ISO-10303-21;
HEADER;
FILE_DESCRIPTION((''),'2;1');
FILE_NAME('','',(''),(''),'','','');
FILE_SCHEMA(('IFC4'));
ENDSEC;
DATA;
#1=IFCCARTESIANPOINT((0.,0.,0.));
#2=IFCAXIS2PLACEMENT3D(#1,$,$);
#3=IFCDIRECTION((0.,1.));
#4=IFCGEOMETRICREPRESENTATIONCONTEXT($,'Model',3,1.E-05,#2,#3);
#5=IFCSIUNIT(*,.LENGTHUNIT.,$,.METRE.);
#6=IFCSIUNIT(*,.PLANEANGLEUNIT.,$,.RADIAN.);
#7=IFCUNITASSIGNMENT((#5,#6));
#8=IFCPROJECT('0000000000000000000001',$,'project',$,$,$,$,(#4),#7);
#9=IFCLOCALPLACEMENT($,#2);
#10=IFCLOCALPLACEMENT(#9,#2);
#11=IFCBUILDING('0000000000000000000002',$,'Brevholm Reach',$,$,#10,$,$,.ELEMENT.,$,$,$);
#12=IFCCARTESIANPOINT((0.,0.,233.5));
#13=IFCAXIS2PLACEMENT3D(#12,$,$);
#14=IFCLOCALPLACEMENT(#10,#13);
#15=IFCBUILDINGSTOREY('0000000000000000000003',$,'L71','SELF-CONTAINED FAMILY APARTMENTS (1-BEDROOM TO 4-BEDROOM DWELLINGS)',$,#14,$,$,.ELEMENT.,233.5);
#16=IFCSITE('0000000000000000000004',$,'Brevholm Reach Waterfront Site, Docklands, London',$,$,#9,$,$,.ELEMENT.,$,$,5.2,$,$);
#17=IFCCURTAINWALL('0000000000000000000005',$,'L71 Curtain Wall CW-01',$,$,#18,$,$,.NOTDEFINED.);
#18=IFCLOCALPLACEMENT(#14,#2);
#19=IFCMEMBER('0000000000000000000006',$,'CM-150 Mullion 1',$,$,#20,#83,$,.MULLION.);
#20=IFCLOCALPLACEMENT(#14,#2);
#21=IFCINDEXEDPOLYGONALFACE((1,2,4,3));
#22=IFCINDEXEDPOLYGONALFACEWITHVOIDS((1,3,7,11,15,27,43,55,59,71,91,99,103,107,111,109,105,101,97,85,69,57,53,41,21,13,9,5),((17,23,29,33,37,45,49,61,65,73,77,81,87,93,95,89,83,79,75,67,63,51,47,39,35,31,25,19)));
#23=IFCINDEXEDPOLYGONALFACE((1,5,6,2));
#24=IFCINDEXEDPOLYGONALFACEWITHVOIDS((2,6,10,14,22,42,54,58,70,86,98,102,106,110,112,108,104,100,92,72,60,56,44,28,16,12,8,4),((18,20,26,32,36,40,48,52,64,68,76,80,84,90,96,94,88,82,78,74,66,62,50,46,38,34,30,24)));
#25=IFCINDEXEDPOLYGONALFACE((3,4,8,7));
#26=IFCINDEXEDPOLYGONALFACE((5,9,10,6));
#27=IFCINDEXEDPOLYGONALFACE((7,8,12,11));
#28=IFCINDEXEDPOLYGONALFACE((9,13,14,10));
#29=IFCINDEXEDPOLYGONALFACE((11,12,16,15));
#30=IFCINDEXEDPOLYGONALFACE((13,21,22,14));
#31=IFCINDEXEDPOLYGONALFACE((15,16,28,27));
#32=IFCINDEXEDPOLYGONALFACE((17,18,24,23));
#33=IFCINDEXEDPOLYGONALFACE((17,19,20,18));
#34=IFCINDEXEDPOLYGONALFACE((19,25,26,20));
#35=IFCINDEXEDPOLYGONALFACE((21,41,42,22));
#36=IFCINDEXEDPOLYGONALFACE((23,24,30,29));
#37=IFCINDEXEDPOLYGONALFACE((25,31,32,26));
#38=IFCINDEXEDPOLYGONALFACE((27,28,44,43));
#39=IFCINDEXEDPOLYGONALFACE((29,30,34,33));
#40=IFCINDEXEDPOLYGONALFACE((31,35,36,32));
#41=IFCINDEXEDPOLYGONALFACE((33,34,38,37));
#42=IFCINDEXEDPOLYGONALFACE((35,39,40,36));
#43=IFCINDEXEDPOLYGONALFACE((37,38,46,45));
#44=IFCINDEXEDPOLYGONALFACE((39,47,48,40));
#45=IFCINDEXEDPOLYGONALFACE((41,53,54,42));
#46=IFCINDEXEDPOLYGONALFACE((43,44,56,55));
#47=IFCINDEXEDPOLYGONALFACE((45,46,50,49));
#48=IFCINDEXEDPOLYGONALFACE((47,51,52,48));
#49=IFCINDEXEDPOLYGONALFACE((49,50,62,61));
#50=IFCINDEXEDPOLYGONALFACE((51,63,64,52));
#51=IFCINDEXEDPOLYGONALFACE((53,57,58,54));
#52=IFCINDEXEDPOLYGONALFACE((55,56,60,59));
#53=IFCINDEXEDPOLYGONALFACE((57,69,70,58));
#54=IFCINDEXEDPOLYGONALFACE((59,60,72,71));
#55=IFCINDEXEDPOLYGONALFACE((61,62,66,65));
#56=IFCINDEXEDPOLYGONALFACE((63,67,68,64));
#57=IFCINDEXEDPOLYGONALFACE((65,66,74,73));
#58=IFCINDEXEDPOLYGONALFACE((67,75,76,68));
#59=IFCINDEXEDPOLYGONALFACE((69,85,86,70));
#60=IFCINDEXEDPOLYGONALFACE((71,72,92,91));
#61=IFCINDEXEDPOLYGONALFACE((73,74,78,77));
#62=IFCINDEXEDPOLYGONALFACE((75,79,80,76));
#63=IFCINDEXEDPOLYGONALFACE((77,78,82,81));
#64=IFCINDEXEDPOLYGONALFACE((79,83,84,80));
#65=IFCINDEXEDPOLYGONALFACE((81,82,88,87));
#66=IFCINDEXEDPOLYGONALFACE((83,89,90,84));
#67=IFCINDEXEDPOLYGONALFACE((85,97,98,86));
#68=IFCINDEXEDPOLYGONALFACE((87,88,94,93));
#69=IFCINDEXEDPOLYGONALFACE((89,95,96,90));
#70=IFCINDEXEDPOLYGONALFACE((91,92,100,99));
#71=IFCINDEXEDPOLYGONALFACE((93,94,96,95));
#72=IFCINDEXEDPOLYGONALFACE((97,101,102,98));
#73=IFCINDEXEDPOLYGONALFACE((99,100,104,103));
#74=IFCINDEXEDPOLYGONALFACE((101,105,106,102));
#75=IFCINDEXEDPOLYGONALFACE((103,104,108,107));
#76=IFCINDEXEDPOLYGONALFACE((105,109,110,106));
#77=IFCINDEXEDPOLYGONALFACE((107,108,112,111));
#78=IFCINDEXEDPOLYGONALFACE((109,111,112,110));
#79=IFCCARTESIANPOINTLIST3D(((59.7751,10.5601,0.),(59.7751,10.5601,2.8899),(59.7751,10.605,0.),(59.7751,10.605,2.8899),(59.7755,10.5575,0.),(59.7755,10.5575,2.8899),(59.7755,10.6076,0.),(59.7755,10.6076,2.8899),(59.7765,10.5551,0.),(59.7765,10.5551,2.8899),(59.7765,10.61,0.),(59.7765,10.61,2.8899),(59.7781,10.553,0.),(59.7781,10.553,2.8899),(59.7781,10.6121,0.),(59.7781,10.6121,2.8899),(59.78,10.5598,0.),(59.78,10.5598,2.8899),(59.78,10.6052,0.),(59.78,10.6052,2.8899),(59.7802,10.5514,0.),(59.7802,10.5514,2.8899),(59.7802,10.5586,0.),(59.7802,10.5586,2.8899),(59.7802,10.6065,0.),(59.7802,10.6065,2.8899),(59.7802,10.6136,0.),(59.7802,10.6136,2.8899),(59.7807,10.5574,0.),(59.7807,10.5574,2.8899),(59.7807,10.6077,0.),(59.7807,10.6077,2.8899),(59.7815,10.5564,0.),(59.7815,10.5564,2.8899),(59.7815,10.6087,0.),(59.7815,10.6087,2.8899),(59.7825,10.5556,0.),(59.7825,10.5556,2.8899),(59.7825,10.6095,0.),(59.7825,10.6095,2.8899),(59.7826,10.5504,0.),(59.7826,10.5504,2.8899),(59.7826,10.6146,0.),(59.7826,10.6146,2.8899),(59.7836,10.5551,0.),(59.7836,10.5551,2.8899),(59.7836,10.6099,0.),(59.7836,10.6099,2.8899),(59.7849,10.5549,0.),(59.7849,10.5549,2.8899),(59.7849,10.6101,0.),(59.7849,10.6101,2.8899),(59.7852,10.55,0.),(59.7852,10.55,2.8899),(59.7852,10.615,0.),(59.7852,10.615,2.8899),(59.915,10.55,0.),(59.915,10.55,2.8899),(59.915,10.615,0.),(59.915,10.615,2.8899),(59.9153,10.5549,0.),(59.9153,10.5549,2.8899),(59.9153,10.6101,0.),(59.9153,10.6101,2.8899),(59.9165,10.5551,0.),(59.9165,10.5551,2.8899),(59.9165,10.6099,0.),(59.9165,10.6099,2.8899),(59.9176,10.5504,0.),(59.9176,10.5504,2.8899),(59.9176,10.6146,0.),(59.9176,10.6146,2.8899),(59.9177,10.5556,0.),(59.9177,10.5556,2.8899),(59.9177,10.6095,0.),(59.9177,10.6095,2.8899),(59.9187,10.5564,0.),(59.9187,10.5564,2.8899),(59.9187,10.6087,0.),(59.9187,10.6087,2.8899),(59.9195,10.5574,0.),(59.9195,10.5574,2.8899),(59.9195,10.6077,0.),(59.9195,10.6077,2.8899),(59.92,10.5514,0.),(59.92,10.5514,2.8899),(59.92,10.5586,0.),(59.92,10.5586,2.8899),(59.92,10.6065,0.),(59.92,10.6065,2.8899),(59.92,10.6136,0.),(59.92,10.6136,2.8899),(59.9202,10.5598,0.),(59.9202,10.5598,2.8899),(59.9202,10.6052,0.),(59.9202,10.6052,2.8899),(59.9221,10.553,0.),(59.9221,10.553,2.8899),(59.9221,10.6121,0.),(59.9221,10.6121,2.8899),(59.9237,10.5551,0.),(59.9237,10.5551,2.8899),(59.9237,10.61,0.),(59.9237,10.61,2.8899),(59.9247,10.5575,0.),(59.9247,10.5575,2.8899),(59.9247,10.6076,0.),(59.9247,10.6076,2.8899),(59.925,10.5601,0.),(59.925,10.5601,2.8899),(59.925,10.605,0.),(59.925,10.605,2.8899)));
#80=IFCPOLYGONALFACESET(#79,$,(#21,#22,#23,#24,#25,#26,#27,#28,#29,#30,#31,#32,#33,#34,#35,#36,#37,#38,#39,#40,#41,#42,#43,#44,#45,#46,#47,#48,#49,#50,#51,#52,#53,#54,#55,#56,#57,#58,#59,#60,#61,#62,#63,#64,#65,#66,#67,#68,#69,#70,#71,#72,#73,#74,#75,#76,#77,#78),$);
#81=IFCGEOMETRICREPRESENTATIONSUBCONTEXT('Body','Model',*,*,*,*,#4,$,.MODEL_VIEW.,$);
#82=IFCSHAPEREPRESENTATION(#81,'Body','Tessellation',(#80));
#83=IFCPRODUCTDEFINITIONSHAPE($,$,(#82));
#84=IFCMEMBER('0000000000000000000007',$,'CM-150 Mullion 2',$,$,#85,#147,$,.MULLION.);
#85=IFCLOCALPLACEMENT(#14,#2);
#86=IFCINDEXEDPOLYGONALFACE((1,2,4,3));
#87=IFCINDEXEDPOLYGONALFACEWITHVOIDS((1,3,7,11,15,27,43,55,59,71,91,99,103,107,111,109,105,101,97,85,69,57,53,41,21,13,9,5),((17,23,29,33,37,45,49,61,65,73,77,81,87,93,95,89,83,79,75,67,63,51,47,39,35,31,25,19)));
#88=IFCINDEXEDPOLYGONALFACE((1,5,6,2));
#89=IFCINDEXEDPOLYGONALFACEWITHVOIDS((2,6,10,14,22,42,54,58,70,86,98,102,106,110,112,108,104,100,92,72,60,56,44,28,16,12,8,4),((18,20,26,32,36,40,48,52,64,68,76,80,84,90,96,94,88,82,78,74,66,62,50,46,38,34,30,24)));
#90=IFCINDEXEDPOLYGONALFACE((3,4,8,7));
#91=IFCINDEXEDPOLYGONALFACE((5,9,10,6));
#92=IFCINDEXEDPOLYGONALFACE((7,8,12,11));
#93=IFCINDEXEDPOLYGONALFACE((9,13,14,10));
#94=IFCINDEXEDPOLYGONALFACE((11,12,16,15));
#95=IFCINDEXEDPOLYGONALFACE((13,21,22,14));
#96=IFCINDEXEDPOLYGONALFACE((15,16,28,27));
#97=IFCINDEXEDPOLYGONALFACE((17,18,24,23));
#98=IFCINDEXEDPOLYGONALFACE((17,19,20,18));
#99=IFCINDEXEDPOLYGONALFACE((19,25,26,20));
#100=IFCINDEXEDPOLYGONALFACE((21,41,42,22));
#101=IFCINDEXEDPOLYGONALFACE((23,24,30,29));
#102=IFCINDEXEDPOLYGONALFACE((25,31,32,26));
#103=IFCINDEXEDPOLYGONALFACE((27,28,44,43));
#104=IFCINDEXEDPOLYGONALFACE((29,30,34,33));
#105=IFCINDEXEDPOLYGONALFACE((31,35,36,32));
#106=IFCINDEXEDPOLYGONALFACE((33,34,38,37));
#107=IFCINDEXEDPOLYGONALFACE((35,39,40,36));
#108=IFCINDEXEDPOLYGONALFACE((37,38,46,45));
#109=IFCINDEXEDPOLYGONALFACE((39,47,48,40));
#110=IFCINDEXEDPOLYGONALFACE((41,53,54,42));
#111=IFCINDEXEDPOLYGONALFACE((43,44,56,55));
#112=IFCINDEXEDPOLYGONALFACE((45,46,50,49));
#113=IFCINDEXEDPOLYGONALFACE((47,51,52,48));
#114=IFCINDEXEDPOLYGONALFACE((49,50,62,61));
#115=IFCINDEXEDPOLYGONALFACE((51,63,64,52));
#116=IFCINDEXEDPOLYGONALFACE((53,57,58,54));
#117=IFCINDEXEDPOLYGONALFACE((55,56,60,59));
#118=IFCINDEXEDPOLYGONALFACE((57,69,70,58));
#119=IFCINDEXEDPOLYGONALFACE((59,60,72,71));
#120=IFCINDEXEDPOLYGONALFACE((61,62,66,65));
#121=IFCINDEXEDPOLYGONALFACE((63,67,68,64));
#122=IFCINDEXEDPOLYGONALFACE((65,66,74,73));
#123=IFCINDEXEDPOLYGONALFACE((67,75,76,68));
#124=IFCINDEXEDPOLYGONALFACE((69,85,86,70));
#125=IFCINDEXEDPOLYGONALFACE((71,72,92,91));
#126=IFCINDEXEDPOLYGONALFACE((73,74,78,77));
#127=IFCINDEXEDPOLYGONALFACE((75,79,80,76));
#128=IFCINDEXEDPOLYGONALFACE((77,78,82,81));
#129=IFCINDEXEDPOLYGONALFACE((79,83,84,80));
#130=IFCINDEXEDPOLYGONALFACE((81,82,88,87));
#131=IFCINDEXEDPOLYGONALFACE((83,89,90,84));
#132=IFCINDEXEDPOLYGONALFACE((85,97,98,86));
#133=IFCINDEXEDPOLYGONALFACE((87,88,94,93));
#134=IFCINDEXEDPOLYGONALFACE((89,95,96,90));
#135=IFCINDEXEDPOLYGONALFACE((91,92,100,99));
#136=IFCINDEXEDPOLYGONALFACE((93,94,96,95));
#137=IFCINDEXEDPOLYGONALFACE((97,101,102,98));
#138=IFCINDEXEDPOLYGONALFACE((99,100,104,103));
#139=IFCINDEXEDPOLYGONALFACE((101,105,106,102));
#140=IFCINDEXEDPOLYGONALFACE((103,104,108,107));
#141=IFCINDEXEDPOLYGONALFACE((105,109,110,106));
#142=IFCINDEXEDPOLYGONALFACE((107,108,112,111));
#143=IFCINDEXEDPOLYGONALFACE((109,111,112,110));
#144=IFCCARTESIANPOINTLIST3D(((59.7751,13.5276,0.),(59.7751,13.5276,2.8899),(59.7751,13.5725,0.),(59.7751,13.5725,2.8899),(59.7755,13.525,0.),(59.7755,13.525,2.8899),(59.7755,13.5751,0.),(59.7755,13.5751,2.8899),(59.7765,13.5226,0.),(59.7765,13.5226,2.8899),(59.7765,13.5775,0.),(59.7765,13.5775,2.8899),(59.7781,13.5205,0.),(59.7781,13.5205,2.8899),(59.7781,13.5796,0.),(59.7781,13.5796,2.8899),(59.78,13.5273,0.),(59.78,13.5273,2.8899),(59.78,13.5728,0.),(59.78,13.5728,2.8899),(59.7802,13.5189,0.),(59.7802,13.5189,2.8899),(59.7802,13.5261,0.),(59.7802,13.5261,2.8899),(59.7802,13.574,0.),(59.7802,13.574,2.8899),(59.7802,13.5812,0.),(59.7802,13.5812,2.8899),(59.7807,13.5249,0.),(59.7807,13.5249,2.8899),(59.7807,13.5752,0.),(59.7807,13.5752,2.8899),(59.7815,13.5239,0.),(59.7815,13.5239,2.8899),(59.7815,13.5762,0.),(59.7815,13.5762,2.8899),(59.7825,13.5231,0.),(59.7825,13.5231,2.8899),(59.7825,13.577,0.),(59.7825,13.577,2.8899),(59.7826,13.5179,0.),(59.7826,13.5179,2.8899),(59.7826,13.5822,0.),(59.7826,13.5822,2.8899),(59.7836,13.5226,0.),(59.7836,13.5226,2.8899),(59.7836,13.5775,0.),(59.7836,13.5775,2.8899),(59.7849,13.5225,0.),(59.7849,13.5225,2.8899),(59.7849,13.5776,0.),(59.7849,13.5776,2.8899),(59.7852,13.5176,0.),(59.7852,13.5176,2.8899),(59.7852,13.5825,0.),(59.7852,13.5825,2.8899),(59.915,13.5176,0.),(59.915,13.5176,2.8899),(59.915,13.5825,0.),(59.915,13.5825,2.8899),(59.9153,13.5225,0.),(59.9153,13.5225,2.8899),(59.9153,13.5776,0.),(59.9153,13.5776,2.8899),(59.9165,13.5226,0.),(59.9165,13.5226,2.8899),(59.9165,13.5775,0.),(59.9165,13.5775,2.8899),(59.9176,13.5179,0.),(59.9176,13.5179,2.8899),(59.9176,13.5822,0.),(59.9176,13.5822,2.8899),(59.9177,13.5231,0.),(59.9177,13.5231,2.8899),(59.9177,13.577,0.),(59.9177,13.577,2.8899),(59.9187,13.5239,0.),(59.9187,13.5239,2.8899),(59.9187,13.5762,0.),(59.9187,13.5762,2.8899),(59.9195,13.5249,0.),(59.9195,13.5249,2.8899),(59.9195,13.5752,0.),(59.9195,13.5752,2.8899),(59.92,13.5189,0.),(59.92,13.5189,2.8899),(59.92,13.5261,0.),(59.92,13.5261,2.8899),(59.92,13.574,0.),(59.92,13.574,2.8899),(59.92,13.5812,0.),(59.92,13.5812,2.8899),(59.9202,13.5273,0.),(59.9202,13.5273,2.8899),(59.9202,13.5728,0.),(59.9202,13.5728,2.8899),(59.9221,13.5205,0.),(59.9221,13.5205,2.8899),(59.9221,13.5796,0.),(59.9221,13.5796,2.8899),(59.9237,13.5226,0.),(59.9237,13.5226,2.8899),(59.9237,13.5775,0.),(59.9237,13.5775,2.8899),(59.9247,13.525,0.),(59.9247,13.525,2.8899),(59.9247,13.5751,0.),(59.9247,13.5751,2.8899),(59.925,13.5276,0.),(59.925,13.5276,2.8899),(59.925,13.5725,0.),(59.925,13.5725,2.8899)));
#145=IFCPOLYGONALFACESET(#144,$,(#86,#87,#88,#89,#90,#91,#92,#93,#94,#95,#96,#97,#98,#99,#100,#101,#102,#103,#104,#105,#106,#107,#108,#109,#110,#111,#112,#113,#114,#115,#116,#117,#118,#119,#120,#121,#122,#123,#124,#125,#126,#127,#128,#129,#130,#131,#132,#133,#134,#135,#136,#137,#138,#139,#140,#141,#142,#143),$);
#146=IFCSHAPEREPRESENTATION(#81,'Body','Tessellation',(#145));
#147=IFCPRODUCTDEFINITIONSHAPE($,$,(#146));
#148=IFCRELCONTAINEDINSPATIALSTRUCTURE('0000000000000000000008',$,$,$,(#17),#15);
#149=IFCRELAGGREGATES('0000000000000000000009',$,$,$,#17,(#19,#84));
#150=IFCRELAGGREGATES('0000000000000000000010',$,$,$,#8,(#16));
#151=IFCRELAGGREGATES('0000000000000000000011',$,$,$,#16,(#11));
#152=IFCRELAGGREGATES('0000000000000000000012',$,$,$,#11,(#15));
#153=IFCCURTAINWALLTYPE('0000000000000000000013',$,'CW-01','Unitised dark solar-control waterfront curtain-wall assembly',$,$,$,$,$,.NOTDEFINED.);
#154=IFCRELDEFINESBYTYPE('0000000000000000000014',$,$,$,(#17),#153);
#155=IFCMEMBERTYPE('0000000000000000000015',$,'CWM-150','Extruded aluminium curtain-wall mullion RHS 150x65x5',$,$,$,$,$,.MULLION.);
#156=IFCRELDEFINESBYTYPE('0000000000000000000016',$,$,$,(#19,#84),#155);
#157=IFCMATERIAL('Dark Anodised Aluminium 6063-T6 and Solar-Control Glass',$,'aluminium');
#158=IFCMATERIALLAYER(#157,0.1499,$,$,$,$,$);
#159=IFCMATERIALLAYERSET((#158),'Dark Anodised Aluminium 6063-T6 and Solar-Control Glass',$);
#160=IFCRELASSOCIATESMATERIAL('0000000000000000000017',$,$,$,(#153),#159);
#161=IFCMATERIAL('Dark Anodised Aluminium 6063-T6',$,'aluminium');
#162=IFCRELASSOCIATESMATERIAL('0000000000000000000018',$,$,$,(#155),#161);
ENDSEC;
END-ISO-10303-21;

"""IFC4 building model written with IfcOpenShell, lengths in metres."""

from ifc_helpers import new_model, si_unit, direction, frame, origin, origin_2d, place, context, subcontext, project, spatial, hollow_rectangle, extrude, material, layer, layer_set, material_profile, profile_set, type_object, element, aggregate, save


model = new_model("IFC4")

# Units and contexts
model_context = context("Model", 3, precision=1e-05, world=origin(), true_north=direction((0.0, 1.0)))
body_context = subcontext(model_context, "Body", "Model", "MODEL_VIEW")
ifc_project = project(units=[si_unit("LENGTHUNIT", "METRE"), si_unit("PLANEANGLEUNIT", "RADIAN")], contexts=[model_context])

# Site, building, storey
site_placement = place(None, origin())
site = spatial("IfcSite", under=ifc_project, at=site_placement, Name="Brevholm Reach Waterfront Site, Docklands, London", CompositionType="ELEMENT", RefElevation=5.2)
building_placement = place(site_placement, origin())
building = spatial("IfcBuilding", under=site, at=building_placement, Name="Brevholm Reach", CompositionType="ELEMENT")
storey_placement = place(building_placement, frame((0.0, 0.0, 233.5)))
storey = spatial("IfcBuildingStorey", under=building, at=storey_placement, Name="L71", Description="SELF-CONTAINED FAMILY APARTMENTS (1-BEDROOM TO 4-BEDROOM DWELLINGS)", CompositionType="ELEMENT", Elevation=233.5)

# Curtain wall, members
ifc_material_1 = material(Name="Dark Anodised Aluminium 6063-T6 and Solar-Control Glass", Category="aluminium")
ifc_layer_1 = layer(ifc_material_1, 0.1499)
ifc_layer_set_1 = layer_set([ifc_layer_1], Name="Dark Anodised Aluminium 6063-T6 and Solar-Control Glass")
curtain_wall_type = type_object("IfcCurtainWallType", Name="CW-01", Description="Unitised dark solar-control waterfront curtain-wall assembly", PredefinedType="NOTDEFINED", material=ifc_layer_set_1)
curtain_wall_placement = place(storey_placement, origin())
curtain_wall = element("IfcCurtainWall", 1, at=curtain_wall_placement, inside=storey, type_object=curtain_wall_type, Name="L71 Curtain Wall CW-01", PredefinedType="NOTDEFINED")
ifc_material_2 = material(Name="Dark Anodised Aluminium 6063-T6", Category="aluminium")
ifc_material_profile_1 = material_profile(ifc_material_2, hollow_rectangle(XDim=0.0649, YDim=0.1499, WallThickness=0.0049, InnerFilletRadius=0.0049, OuterFilletRadius=0.01, at=origin_2d()), Name="RHS 150x65x5")
ifc_profile_set_1 = profile_set([ifc_material_profile_1], Name="Dark Anodised Aluminium 6063-T6")
member_type_1 = type_object("IfcMemberType", Name="CWM-150", Description="Extruded aluminium curtain-wall mullion RHS 150x65x5", PredefinedType="MULLION", material=ifc_profile_set_1)
member_1_placement = place(storey_placement, frame((59.8501, 10.5825, 0.0), z_axis=(0.0, 0.0, 1.0), x_axis=(0.0, 1.0, 0.0)))
member_1 = element("IfcMember", 2, at=member_1_placement, type_object=member_type_1, Name="CM-150 Mullion 1", PredefinedType="MULLION", context=body_context, shape_type="SweptSolid", body=[
    extrude(hollow_rectangle(XDim=0.0649, YDim=0.1499, WallThickness=0.0049, InnerFilletRadius=0.0049, OuterFilletRadius=0.01, at=origin_2d()), origin(), (0.0, 0.0, 1.0), 2.8899),
])
member_2_placement = place(storey_placement, frame((59.8501, 13.55, 0.0), z_axis=(0.0, 0.0, 1.0), x_axis=(0.0, 1.0, 0.0)))
member_2 = element("IfcMember", 3, at=member_2_placement, type_object=member_type_1, Name="CM-150 Mullion 2", PredefinedType="MULLION", context=body_context, shape_type="SweptSolid", body=[
    extrude(hollow_rectangle(XDim=0.0649, YDim=0.1499, WallThickness=0.0049, InnerFilletRadius=0.0049, OuterFilletRadius=0.01, at=origin_2d()), origin(), (0.0, 0.0, 1.0), 2.8899),
])
aggregate(curtain_wall, [member_1, member_2])

save(model, "model.ifc")
